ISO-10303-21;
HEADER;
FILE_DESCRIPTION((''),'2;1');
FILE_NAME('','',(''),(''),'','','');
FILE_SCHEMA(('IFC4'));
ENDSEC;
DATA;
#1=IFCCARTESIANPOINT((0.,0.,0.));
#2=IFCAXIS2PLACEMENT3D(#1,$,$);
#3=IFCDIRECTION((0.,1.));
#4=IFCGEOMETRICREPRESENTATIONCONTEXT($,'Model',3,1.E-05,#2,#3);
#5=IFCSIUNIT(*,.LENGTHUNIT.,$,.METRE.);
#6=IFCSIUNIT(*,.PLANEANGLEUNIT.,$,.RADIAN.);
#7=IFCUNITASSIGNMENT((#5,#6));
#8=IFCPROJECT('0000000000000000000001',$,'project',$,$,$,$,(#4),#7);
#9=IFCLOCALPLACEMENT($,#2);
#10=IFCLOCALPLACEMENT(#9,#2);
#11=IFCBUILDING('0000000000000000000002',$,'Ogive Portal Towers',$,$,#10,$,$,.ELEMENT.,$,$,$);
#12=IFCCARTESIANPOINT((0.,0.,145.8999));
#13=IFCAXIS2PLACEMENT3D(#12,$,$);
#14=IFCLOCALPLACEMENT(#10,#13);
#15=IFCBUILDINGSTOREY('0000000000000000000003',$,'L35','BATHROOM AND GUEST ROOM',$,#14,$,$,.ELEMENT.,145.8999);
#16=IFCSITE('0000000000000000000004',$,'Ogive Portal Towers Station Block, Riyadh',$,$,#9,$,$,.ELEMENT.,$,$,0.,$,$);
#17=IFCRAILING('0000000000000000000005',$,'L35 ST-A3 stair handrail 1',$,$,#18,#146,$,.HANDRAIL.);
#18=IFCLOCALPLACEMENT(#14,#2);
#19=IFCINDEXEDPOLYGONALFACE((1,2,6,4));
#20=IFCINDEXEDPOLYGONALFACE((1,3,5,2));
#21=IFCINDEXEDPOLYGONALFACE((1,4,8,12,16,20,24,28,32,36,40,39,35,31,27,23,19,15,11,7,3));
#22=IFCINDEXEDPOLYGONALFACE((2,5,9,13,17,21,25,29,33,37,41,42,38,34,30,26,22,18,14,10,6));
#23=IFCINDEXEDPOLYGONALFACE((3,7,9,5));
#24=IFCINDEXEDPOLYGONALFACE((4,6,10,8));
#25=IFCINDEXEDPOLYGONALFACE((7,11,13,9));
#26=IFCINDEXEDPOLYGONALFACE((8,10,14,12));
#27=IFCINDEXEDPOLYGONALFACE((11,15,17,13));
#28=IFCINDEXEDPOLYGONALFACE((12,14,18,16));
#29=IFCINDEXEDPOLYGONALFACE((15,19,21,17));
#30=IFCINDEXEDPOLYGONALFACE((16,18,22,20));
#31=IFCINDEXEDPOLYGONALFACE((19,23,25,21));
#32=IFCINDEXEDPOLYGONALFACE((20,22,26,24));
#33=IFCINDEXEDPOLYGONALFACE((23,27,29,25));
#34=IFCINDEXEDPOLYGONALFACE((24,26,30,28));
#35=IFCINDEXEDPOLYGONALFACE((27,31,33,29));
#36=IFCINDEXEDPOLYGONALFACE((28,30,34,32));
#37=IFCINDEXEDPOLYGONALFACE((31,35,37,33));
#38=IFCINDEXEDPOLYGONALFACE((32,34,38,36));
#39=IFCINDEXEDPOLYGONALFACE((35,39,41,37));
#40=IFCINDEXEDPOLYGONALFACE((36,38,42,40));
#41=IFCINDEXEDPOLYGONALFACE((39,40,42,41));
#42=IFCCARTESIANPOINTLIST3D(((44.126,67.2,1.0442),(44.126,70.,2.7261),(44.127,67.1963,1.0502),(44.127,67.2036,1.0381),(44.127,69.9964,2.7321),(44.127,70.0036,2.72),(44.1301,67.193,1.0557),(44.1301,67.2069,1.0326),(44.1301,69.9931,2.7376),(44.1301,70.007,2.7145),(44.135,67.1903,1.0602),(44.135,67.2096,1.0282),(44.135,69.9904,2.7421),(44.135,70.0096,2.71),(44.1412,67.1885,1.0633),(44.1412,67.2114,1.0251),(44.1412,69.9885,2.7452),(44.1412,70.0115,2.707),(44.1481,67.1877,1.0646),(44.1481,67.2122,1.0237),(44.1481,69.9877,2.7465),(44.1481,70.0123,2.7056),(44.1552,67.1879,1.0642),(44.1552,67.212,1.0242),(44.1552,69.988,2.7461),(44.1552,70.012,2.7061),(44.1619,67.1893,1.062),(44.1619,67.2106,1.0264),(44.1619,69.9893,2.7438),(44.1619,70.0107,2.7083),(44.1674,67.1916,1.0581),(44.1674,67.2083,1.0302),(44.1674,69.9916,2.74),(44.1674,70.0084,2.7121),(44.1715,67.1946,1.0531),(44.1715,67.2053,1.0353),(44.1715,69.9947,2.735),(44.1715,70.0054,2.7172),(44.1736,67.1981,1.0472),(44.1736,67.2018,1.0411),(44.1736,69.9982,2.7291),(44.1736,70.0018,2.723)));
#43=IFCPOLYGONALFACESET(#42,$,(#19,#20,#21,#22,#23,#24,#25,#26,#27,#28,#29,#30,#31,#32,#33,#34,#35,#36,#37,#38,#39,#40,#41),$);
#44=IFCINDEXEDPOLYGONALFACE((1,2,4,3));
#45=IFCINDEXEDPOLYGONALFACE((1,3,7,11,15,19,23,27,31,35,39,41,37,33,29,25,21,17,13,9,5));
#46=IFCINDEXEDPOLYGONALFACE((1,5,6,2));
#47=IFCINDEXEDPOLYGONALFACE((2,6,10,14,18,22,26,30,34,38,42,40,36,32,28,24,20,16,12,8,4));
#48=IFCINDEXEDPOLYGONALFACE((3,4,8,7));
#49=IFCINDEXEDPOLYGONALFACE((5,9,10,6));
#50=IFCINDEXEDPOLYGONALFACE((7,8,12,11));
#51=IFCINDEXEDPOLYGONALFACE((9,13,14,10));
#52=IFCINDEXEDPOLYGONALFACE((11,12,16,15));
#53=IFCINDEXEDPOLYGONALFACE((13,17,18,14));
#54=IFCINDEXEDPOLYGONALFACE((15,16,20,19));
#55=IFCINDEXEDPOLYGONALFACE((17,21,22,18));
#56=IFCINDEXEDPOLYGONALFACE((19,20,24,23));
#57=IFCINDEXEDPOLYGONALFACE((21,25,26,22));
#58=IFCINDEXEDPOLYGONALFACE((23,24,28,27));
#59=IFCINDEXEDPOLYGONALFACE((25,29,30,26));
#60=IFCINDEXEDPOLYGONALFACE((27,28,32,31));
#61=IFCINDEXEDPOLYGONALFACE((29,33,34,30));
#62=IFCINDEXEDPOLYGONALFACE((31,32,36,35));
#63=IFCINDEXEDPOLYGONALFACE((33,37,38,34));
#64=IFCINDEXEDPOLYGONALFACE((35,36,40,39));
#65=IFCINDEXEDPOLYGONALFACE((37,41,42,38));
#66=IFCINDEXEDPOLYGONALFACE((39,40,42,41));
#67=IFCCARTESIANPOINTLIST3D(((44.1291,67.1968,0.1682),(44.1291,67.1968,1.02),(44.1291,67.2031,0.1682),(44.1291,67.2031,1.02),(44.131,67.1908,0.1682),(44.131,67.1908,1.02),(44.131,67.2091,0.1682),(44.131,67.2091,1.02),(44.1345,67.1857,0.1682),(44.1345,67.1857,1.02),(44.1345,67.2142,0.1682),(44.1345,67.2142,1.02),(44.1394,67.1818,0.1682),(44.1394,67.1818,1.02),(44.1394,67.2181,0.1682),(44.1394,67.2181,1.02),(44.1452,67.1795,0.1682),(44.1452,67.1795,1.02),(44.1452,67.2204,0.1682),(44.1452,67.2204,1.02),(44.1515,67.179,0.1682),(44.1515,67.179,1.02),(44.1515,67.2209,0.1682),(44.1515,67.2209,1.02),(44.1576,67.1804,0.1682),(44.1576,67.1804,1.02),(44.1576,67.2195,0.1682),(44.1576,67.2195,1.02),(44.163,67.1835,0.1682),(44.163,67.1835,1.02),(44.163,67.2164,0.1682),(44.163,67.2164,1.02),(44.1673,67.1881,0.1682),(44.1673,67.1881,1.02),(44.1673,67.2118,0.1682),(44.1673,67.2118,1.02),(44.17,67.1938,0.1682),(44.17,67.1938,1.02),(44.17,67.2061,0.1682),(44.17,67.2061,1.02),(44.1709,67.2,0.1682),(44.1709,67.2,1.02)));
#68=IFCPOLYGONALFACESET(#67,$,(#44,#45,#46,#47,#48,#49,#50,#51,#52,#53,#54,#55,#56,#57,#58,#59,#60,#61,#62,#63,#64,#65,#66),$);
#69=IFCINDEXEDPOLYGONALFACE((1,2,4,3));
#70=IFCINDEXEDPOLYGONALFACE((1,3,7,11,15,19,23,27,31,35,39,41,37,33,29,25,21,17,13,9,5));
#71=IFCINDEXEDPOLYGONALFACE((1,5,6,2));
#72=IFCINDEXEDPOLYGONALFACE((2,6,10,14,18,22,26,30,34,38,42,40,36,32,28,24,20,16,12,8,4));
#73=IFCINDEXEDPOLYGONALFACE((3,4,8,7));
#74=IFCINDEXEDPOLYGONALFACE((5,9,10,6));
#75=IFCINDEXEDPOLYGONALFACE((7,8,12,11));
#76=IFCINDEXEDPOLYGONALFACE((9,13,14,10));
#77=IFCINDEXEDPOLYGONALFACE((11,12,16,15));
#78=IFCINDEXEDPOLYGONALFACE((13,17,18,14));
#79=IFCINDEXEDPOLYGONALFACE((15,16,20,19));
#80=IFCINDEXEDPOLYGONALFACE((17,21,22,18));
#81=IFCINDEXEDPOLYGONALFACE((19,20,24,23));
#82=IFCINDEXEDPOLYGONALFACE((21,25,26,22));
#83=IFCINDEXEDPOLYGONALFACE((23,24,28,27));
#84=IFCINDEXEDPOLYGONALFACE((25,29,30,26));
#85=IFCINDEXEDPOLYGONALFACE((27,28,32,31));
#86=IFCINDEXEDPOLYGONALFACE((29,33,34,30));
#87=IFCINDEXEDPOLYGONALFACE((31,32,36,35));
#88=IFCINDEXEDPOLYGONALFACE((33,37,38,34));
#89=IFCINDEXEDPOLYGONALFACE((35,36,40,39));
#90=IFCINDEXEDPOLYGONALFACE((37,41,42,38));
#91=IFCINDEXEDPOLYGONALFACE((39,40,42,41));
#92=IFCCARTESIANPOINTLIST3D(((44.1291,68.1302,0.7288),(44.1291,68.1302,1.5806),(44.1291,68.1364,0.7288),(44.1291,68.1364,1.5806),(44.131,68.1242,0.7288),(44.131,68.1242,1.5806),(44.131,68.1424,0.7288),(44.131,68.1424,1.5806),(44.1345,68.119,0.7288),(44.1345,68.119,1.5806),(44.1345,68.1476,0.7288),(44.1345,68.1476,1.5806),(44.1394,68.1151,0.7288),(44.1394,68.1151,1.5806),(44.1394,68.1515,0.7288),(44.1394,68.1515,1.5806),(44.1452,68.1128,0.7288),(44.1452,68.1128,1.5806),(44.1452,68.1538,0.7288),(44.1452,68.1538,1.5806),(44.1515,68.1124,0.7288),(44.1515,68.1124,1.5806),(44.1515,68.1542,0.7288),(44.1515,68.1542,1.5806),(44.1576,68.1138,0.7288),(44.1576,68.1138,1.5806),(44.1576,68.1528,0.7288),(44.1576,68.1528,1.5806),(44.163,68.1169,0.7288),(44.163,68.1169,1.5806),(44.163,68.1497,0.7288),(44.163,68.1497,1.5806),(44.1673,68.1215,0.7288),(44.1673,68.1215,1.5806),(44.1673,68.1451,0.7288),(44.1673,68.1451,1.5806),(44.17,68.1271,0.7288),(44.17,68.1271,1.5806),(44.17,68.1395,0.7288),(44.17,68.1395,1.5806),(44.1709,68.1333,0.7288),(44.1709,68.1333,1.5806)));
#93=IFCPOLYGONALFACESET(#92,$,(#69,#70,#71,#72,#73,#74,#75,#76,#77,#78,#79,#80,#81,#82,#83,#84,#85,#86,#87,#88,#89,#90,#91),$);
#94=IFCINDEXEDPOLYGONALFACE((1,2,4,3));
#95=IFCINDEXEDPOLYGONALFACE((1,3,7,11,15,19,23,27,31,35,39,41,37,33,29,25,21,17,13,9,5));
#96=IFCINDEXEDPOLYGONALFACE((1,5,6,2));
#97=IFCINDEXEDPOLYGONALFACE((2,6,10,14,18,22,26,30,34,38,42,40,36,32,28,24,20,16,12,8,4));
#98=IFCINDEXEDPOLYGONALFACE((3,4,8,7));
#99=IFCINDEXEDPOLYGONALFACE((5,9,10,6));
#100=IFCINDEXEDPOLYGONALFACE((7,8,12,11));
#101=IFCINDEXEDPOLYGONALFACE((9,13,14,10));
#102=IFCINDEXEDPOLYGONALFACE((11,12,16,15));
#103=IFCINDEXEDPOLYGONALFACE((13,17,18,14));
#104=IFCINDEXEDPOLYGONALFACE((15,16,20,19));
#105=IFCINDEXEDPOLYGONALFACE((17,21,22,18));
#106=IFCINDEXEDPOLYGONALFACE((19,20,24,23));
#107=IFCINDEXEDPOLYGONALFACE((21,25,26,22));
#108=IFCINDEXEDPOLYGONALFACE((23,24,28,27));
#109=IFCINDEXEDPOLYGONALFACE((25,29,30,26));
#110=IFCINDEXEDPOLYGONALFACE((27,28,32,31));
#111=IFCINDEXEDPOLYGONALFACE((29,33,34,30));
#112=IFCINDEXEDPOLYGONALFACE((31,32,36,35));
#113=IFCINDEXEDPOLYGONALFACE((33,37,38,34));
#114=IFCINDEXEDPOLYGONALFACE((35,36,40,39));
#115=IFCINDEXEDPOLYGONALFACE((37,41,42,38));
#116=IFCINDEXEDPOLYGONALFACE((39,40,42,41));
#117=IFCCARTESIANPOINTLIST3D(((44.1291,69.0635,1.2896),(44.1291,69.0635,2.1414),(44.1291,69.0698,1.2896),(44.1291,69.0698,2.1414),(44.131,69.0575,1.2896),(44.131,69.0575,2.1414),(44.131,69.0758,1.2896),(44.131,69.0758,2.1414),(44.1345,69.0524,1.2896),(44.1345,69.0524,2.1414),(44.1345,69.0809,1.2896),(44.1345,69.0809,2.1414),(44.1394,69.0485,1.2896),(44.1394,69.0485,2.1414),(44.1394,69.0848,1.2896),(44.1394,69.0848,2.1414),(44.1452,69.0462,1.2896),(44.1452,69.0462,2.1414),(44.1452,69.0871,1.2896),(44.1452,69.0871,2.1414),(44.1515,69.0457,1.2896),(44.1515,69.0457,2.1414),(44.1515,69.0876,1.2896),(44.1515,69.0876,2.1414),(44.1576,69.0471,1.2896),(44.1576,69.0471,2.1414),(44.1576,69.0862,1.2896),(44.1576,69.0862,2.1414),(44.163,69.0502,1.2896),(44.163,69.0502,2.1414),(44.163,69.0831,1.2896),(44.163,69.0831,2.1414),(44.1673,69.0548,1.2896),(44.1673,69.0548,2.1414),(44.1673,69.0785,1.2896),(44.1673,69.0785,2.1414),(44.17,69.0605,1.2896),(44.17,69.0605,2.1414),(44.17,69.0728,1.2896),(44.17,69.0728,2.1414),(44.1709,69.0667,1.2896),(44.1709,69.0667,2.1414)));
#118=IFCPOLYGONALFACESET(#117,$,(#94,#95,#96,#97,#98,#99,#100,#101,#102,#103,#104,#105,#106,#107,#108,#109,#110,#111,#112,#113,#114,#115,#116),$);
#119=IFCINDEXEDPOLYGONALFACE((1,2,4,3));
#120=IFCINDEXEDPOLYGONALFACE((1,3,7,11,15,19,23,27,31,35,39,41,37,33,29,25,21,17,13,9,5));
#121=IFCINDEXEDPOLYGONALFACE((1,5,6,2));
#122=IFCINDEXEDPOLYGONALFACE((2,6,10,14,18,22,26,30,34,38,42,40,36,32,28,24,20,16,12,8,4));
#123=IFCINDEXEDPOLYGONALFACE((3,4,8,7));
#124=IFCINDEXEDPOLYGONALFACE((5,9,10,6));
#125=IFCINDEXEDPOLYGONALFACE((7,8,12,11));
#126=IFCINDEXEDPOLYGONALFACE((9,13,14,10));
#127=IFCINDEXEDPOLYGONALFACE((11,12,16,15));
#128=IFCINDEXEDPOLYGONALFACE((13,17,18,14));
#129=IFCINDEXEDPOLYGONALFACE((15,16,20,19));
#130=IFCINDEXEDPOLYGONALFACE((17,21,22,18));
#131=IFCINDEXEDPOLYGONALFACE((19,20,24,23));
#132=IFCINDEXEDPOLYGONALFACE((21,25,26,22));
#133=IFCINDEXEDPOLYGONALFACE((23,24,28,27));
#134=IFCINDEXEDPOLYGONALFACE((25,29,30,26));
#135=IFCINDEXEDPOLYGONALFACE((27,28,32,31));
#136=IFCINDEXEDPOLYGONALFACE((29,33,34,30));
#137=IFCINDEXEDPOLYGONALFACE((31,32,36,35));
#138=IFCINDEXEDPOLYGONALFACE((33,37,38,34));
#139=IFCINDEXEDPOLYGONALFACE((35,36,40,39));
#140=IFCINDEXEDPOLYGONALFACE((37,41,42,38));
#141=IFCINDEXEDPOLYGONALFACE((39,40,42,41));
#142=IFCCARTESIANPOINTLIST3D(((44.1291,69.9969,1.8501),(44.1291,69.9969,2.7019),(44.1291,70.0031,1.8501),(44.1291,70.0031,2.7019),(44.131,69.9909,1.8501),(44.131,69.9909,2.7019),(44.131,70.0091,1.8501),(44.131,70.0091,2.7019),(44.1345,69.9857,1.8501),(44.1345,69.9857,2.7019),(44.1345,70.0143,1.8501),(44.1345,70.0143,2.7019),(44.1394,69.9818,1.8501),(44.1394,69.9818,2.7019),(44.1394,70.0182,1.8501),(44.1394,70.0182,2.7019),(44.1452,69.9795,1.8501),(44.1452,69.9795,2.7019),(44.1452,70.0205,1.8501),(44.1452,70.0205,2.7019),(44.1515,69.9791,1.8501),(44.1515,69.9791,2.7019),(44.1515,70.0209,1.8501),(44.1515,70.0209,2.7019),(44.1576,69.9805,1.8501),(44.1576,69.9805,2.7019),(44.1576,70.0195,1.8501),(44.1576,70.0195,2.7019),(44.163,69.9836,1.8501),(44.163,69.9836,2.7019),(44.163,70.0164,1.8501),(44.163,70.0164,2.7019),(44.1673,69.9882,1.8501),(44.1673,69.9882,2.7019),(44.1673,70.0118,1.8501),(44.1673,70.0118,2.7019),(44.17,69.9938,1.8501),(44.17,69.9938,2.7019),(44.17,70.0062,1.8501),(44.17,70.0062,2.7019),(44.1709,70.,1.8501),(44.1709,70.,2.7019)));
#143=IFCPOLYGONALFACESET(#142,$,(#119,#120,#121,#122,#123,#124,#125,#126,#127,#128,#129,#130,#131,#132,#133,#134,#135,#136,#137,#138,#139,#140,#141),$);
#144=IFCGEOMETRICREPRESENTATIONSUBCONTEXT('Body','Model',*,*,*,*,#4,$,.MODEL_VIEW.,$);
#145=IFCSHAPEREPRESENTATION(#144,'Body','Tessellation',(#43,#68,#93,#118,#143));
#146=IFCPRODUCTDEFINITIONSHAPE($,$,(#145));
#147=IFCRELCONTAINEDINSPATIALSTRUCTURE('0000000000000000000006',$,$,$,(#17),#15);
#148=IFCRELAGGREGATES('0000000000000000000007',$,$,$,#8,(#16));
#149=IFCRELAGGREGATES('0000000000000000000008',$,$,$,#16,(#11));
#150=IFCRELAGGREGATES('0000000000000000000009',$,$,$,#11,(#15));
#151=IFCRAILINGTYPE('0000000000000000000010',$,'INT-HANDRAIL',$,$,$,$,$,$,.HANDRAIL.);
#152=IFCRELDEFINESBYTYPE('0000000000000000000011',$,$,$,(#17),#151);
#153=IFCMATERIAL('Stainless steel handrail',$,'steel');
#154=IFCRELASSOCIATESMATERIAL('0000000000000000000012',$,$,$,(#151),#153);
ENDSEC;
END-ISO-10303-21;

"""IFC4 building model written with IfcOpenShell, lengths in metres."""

from ifc_helpers import new_model, si_unit, direction, frame, origin, origin_2d, place, context, subcontext, project, spatial, circle, extrude, material, type_object, element, save


model = new_model("IFC4")

# Units and contexts
model_context = context("Model", 3, precision=1e-05, world=origin(), true_north=direction((0.0, 1.0)))
body_context = subcontext(model_context, "Body", "Model", "MODEL_VIEW")
ifc_project = project(units=[si_unit("LENGTHUNIT", "METRE"), si_unit("PLANEANGLEUNIT", "RADIAN")], contexts=[model_context])

# Site, building, storey
site_placement = place(None, origin())
site = spatial("IfcSite", under=ifc_project, at=site_placement, Name="Ogive Portal Towers Station Block, Riyadh", CompositionType="ELEMENT", RefElevation=0.0)
building_placement = place(site_placement, origin())
building = spatial("IfcBuilding", under=site, at=building_placement, Name="Ogive Portal Towers", CompositionType="ELEMENT")
storey_placement = place(building_placement, frame((0.0, 0.0, 145.8999)))
storey = spatial("IfcBuildingStorey", under=building, at=storey_placement, Name="L35", Description="BATHROOM AND GUEST ROOM", CompositionType="ELEMENT", Elevation=145.8999)

# Railing
ifc_material_1 = material(Name="Stainless steel handrail", Category="steel")
railing_type_1 = type_object("IfcRailingType", Name="INT-HANDRAIL", PredefinedType="HANDRAIL", material=ifc_material_1)
railing_1_placement = place(storey_placement, frame((44.1499, 67.2, 0.1682)))
element("IfcRailing", 1, at=railing_1_placement, inside=storey, type_object=railing_type_1, Name="L35 ST-A3 stair handrail 1", PredefinedType="HANDRAIL", context=body_context, shape_type="SweptSolid", body=[
    extrude(circle(Radius=0.0239, at=origin_2d()), frame((0.0, 0.0, 0.876), z_axis=(0.0, 0.857242, 0.514913), x_axis=(-1.0, 0.0, 0.0)), (0.0, 0.0, 1.0), 3.2664),
    extrude(circle(Radius=0.021, at=origin_2d()), origin(), (0.0, 0.0, 1.0), 0.8518),
    extrude(circle(Radius=0.021, at=origin_2d()), frame((0.0, 0.9333, 0.5605)), (0.0, 0.0, 1.0), 0.8518),
    extrude(circle(Radius=0.021, at=origin_2d()), frame((0.0, 1.8667, 1.1213)), (0.0, 0.0, 1.0), 0.8518),
    extrude(circle(Radius=0.021, at=origin_2d()), frame((0.0, 2.8, 1.6819)), (0.0, 0.0, 1.0), 0.8518),
])

save(model, "model.ifc")
